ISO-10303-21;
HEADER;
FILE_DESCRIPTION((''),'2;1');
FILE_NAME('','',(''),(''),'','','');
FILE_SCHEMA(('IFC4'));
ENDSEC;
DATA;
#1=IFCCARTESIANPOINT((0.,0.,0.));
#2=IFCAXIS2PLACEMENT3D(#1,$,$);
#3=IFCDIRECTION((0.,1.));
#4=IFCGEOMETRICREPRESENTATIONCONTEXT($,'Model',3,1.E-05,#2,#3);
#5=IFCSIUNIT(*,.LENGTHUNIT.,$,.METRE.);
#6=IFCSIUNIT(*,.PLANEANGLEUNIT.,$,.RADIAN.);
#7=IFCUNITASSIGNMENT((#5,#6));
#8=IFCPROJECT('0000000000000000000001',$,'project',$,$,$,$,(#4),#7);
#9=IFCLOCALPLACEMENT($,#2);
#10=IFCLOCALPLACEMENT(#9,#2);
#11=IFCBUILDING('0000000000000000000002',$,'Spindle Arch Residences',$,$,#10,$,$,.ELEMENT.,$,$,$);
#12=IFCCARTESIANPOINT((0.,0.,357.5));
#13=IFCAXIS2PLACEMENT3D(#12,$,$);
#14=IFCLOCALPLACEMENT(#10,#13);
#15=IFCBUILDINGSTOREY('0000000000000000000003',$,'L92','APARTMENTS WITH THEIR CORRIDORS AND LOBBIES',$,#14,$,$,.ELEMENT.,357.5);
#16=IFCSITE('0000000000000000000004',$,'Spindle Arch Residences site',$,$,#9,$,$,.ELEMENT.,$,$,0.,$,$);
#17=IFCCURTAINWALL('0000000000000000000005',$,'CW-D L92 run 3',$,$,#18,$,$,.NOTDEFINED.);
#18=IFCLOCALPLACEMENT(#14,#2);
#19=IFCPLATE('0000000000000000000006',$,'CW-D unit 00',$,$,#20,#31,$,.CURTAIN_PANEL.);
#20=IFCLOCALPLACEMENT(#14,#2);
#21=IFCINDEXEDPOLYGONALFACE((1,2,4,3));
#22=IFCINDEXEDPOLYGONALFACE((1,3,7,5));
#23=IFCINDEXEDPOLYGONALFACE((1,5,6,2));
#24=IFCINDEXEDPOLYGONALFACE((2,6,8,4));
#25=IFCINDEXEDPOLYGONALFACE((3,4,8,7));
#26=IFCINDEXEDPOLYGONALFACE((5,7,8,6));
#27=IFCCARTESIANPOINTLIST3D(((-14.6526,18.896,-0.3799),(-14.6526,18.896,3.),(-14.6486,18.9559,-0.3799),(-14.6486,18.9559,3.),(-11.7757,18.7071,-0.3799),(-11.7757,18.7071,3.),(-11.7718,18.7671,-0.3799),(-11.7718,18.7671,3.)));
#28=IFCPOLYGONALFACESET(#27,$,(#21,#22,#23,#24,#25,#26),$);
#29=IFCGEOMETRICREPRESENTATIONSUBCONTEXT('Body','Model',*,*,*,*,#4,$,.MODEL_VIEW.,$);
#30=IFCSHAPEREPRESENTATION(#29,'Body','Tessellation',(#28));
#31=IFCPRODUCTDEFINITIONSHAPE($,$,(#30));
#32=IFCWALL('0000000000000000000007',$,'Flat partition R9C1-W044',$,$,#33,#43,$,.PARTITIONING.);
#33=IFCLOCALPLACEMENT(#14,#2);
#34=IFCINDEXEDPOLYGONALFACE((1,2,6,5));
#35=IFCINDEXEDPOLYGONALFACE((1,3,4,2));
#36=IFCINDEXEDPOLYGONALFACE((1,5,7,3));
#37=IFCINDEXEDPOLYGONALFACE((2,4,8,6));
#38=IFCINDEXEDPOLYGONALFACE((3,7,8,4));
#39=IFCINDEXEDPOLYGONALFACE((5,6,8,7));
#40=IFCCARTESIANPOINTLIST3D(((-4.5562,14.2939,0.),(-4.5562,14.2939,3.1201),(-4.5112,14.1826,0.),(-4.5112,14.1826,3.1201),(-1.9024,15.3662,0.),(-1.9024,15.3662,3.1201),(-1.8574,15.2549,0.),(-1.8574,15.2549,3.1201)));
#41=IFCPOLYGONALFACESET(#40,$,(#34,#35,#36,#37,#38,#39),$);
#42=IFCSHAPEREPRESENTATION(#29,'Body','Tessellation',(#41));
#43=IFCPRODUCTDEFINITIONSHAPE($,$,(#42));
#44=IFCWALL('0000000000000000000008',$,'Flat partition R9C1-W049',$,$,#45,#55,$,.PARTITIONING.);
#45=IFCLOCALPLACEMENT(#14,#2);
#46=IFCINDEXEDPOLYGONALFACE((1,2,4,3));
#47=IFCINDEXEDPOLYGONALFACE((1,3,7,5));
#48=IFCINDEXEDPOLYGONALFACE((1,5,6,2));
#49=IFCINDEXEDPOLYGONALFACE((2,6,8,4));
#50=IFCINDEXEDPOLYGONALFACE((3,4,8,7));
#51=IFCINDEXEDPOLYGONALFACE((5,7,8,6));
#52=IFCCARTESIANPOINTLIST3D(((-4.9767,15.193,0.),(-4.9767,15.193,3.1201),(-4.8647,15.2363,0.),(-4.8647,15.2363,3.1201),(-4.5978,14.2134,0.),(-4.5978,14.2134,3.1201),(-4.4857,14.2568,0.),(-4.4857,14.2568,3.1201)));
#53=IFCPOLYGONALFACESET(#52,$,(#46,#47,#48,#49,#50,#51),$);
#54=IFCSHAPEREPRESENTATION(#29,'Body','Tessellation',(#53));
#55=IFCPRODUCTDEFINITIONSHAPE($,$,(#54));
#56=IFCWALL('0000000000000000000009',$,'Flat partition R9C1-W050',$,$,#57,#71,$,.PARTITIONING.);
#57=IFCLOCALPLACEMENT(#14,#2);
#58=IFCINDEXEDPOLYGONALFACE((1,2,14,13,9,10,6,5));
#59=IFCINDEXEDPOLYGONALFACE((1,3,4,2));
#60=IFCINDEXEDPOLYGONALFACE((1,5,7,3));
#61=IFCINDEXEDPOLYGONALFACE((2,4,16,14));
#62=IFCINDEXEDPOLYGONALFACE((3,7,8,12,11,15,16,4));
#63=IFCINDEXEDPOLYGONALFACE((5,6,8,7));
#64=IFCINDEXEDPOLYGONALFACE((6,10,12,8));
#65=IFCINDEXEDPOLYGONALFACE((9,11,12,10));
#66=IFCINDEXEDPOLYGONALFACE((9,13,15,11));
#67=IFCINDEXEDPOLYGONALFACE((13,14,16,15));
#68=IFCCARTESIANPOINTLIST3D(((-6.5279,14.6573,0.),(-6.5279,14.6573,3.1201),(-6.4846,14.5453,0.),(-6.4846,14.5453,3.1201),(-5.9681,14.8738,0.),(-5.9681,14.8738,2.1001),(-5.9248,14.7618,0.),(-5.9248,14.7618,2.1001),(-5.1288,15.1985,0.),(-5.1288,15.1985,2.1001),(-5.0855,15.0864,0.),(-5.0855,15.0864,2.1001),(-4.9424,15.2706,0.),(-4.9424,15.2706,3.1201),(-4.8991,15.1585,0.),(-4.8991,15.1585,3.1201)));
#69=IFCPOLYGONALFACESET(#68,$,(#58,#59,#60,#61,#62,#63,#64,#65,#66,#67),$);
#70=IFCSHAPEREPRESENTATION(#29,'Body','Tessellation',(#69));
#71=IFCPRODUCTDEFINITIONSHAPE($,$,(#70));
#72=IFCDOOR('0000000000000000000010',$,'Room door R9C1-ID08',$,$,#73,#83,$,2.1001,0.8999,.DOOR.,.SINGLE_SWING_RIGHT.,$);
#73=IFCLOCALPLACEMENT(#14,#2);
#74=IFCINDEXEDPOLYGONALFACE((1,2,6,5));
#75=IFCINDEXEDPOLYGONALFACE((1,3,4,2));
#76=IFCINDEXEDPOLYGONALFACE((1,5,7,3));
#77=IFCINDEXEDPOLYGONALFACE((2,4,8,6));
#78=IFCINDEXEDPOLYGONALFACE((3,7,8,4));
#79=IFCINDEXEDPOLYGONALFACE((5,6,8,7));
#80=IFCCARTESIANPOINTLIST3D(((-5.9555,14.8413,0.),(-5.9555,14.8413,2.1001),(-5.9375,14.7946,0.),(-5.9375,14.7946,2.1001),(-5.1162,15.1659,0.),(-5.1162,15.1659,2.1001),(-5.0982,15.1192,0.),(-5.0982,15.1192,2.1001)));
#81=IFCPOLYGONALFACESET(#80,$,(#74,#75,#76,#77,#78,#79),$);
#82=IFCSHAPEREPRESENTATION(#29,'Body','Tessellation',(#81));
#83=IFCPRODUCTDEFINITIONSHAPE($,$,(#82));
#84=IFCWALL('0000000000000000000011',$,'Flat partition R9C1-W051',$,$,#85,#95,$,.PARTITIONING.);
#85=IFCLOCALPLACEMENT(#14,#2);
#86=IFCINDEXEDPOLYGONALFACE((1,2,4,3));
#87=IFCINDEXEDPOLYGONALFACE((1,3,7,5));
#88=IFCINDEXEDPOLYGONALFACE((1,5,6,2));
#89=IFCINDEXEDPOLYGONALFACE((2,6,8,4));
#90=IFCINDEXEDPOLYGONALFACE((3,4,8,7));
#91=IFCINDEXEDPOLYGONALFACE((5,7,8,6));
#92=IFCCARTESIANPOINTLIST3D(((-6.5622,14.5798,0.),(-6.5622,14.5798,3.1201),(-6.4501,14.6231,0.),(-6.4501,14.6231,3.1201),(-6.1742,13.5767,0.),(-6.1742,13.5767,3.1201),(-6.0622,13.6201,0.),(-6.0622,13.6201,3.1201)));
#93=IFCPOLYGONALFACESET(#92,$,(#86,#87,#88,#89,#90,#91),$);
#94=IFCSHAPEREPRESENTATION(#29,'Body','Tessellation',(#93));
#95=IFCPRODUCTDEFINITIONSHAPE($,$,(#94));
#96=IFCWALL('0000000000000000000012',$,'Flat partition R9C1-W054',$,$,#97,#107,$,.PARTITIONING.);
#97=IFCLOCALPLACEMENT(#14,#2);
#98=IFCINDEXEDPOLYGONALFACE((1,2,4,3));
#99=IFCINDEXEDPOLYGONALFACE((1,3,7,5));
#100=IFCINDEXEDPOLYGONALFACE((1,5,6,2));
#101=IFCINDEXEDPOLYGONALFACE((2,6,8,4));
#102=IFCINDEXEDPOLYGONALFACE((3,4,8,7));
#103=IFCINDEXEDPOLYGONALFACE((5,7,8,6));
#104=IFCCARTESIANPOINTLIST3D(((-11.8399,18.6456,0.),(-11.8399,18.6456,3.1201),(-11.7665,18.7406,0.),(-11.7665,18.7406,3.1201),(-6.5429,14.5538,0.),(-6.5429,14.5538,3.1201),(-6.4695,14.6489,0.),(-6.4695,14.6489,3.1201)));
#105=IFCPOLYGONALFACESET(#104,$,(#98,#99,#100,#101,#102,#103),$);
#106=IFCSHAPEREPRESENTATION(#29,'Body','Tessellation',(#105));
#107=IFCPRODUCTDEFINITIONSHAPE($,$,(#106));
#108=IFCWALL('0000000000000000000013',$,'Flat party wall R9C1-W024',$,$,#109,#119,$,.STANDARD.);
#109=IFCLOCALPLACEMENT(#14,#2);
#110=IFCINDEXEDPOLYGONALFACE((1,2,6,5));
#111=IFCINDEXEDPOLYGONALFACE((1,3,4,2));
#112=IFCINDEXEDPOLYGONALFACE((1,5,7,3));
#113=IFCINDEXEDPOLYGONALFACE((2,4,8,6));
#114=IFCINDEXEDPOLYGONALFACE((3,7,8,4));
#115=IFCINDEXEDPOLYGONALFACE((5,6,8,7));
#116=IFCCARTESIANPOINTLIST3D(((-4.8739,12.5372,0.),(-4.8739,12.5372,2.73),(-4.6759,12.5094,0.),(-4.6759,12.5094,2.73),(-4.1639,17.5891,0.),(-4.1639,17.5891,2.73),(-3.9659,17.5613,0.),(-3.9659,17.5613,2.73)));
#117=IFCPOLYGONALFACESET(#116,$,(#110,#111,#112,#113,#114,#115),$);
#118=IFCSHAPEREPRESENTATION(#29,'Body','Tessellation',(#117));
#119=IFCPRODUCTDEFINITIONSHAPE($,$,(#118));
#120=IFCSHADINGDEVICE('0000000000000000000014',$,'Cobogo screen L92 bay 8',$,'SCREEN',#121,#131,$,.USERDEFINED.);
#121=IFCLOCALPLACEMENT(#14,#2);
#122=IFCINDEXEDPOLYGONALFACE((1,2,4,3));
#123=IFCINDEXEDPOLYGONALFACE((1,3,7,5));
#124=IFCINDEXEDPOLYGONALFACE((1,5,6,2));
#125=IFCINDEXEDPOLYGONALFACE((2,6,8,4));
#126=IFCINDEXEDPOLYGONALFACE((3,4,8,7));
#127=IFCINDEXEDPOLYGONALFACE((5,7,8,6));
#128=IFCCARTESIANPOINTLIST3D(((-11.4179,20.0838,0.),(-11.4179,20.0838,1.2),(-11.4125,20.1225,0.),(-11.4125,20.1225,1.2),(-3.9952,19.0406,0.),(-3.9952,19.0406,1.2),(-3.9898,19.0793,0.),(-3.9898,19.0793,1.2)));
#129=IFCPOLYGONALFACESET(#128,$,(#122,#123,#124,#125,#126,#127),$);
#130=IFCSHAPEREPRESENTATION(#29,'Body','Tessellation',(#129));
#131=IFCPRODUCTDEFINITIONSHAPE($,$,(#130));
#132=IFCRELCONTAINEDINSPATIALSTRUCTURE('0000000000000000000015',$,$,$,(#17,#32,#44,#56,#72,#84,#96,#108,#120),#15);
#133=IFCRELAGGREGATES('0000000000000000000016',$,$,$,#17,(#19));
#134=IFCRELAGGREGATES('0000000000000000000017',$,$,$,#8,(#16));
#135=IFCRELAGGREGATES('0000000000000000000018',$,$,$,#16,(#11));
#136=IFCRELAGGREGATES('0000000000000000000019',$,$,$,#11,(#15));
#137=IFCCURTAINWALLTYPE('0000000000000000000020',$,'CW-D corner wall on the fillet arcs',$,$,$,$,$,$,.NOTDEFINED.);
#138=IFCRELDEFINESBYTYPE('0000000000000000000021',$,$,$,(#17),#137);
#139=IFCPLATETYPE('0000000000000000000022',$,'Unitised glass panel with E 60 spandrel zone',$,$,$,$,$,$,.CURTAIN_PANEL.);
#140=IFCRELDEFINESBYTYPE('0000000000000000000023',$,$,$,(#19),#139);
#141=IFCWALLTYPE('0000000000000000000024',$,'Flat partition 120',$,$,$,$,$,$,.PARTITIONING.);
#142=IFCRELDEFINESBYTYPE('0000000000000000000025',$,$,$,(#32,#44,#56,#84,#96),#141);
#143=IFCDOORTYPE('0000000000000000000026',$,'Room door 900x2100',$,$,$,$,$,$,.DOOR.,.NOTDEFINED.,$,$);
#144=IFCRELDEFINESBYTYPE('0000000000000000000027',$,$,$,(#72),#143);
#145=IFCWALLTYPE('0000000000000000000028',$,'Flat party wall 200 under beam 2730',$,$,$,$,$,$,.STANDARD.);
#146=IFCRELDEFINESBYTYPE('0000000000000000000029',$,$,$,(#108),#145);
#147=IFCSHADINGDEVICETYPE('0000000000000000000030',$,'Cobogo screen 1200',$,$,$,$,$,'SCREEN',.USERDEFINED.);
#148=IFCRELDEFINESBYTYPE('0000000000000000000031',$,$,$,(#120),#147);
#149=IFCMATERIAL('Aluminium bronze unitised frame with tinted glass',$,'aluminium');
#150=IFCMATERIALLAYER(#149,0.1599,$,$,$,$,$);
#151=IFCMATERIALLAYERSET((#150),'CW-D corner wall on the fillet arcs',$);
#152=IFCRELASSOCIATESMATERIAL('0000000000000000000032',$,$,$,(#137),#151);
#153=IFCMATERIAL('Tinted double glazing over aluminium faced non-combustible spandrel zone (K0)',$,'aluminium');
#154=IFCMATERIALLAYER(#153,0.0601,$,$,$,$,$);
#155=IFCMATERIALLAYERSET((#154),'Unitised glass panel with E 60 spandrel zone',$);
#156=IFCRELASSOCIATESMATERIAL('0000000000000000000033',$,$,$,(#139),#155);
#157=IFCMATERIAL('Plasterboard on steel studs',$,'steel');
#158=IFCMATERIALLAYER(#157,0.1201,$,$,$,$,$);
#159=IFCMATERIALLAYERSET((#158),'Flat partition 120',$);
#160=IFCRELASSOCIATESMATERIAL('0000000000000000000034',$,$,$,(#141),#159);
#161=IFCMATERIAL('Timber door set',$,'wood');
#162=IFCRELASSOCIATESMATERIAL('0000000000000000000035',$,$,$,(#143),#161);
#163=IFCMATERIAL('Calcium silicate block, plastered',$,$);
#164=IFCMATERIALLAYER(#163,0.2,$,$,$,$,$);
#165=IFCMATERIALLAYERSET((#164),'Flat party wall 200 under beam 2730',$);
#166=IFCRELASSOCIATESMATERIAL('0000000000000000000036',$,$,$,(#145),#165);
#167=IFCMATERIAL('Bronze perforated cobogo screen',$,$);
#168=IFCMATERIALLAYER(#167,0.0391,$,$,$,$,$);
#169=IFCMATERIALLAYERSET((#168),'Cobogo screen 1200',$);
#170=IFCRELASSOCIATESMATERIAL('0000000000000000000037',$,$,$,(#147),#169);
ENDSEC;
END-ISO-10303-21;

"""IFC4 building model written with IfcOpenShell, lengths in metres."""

from ifc_helpers import new_model, si_unit, direction, frame, frame_2d, origin, origin_2d, place, context, subcontext, project, spatial, rectangle, extrude, material, layer, layer_set, type_object, element, fill, aggregate, save


model = new_model("IFC4")

# Units and contexts
model_context = context("Model", 3, precision=1e-05, world=origin(), true_north=direction((0.0, 1.0)))
body_context = subcontext(model_context, "Body", "Model", "MODEL_VIEW")
ifc_project = project(units=[si_unit("LENGTHUNIT", "METRE"), si_unit("PLANEANGLEUNIT", "RADIAN")], contexts=[model_context])

# Site, building, storey
site_placement = place(None, origin())
site = spatial("IfcSite", under=ifc_project, at=site_placement, Name="Spindle Arch Residences site", CompositionType="ELEMENT", RefElevation=0.0)
building_placement = place(site_placement, origin())
building = spatial("IfcBuilding", under=site, at=building_placement, Name="Spindle Arch Residences", CompositionType="ELEMENT")
storey_placement = place(building_placement, frame((0.0, 0.0, 357.5)))
storey = spatial("IfcBuildingStorey", under=building, at=storey_placement, Name="L92", Description="APARTMENTS WITH THEIR CORRIDORS AND LOBBIES", CompositionType="ELEMENT", Elevation=357.5)

# Curtain wall
ifc_material_1 = material(Name="Aluminium bronze unitised frame with tinted glass", Category="aluminium")
ifc_layer_1 = layer(ifc_material_1, 0.1599)
ifc_layer_set_1 = layer_set([ifc_layer_1], Name="CW-D corner wall on the fillet arcs")
curtain_wall_type_1 = type_object("IfcCurtainWallType", Name="CW-D corner wall on the fillet arcs", PredefinedType="NOTDEFINED", material=ifc_layer_set_1)
curtain_wall_1_placement = place(storey_placement, origin())
curtain_wall_1 = element("IfcCurtainWall", 1, at=curtain_wall_1_placement, inside=storey, type_object=curtain_wall_type_1, Name="CW-D L92 run 3", PredefinedType="NOTDEFINED")

# Plate
ifc_material_2 = material(Name="Tinted double glazing over aluminium faced non-combustible spandrel zone (K0)", Category="aluminium")
ifc_layer_2 = layer(ifc_material_2, 0.0601)
ifc_layer_set_2 = layer_set([ifc_layer_2], Name="Unitised glass panel with E 60 spandrel zone")
plate_type = type_object("IfcPlateType", Name="Unitised glass panel with E 60 spandrel zone", PredefinedType="CURTAIN_PANEL", material=ifc_layer_set_2)
plate_1_placement = place(storey_placement, frame((-13.2122, 18.8315, -0.3799), z_axis=(0.0, 0.0, 1.0), x_axis=(-0.997852, 0.06551, 0.0)))
plate_1 = element("IfcPlate", 2, at=plate_1_placement, type_object=plate_type, Name="CW-D unit 00", PredefinedType="CURTAIN_PANEL", context=body_context, shape_type="SweptSolid", body=[
    extrude(rectangle(XDim=2.8831, YDim=0.0601, at=origin_2d()), origin(), (0.0, 0.0, 1.0), 3.3799),
])
aggregate(curtain_wall_1, [plate_1])

# Walls
ifc_material_3 = material(Name="Plasterboard on steel studs", Category="steel")
ifc_layer_3 = layer(ifc_material_3, 0.1201)
ifc_layer_set_3 = layer_set([ifc_layer_3], Name="Flat partition 120")
wall_type_1 = type_object("IfcWallType", Name="Flat partition 120", PredefinedType="PARTITIONING", material=ifc_layer_set_3)
wall_1_placement = place(storey_placement, frame((-1.8799, 15.3105, 0.0), z_axis=(0.0, 0.0, 1.0), x_axis=(-0.927177, -0.374624, 0.0)))
element("IfcWall", 3, at=wall_1_placement, inside=storey, type_object=wall_type_1, Name="Flat partition R9C1-W044", PredefinedType="PARTITIONING", context=body_context, shape_type="SweptSolid", body=[
    extrude(rectangle(XDim=2.8623, YDim=0.1201, at=frame_2d((1.4312, 0.0))), origin(), (0.0, 0.0, 1.0), 3.1201),
])
wall_2_placement = place(storey_placement, frame((-4.5417, 14.2351, 0.0), z_axis=(0.0, 0.0, 1.0), x_axis=(-0.360785, 0.932649, 0.0)))
element("IfcWall", 4, at=wall_2_placement, inside=storey, type_object=wall_type_1, Name="Flat partition R9C1-W049", PredefinedType="PARTITIONING", context=body_context, shape_type="SweptSolid", body=[
    extrude(rectangle(XDim=1.0503, YDim=0.1201, at=frame_2d((0.5251, 0.0))), origin(), (0.0, 0.0, 1.0), 3.1201),
])

# Wall, opening, door
wall_3_placement = place(storey_placement, frame((-4.9207, 15.2146, 0.0), z_axis=(0.0, 0.0, 1.0), x_axis=(-0.932655, -0.360768, 0.0)))
wall_3 = element("IfcWall", 5, at=wall_3_placement, inside=storey, type_object=wall_type_1, Name="Flat partition R9C1-W050", PredefinedType="PARTITIONING", context=body_context, shape_type="SweptSolid", body=[
    extrude(rectangle(XDim=1.7, YDim=0.1201, at=frame_2d((0.8501, 0.0))), origin(), (0.0, 0.0, 1.0), 3.1201),
])
opening_1_placement = place(wall_3_placement, frame((0.2, 0.0, 0.0)))
opening_1 = element("IfcOpeningElement", 6, at=opening_1_placement, cuts=wall_3, PredefinedType="OPENING", context=body_context, shape_type="SweptSolid", body=[
    extrude(rectangle(XDim=0.8999, YDim=2.1001, at=frame_2d((0.45, 1.05))), frame((0.0, 0.0701, 0.0), z_axis=(0.0, -1.0, 0.0), x_axis=(1.0, 0.0, 0.0)), (0.0, 0.0, 1.0), 0.1401),
])
ifc_material_4 = material(Name="Timber door set", Category="wood")
door_type_1 = type_object("IfcDoorType", Name="Room door 900x2100", OperationType="NOTDEFINED", PredefinedType="DOOR", material=ifc_material_4)
door_1_placement = place(opening_1_placement, origin())
door_1 = element("IfcDoor", 7, at=door_1_placement, inside=storey, type_object=door_type_1, Name="Room door R9C1-ID08", OperationType="SINGLE_SWING_RIGHT", OverallHeight=2.1001, OverallWidth=0.8999, PredefinedType="DOOR", context=body_context, shape_type="SweptSolid", body=[
    extrude(rectangle(XDim=0.8999, YDim=2.1001, at=frame_2d((0.45, 1.05))), frame((0.0, 0.0249, 0.0), z_axis=(0.0, -1.0, 0.0), x_axis=(1.0, 0.0, 0.0)), (0.0, 0.0, 1.0), 0.05),
])
fill(opening_1, door_1)

# Walls
wall_4_placement = place(storey_placement, frame((-6.5061, 14.6013, 0.0), z_axis=(0.0, 0.0, 1.0), x_axis=(0.360758, -0.932659, 0.0)))
element("IfcWall", 8, at=wall_4_placement, inside=storey, type_object=wall_type_1, Name="Flat partition R9C1-W051", PredefinedType="PARTITIONING", context=body_context, shape_type="SweptSolid", body=[
    extrude(rectangle(XDim=1.0754, YDim=0.1201, at=frame_2d((0.5376, 0.0))), origin(), (0.0, 0.0, 1.0), 3.1201),
])
wall_5_placement = place(storey_placement, frame((-11.8032, 18.6931, 0.0), z_axis=(0.0, 0.0, 1.0), x_axis=(0.791388, -0.611314, 0.0)))
element("IfcWall", 9, at=wall_5_placement, inside=storey, type_object=wall_type_1, Name="Flat partition R9C1-W054", PredefinedType="PARTITIONING", context=body_context, shape_type="SweptSolid", body=[
    extrude(rectangle(XDim=6.6934, YDim=0.1201, at=frame_2d((3.3467, 0.0))), origin(), (0.0, 0.0, 1.0), 3.1201),
])
ifc_material_5 = material(Name="Calcium silicate block, plastered")
ifc_layer_4 = layer(ifc_material_5, 0.2)
ifc_layer_set_4 = layer_set([ifc_layer_4], Name="Flat party wall 200 under beam 2730")
wall_type_2 = type_object("IfcWallType", Name="Flat party wall 200 under beam 2730", PredefinedType="STANDARD", material=ifc_layer_set_4)
wall_6_placement = place(storey_placement, frame((-4.0649, 17.5752, 0.0), z_axis=(0.0, 0.0, 1.0), x_axis=(-0.139163, -0.990269, 0.0)))
element("IfcWall", 10, at=wall_6_placement, inside=storey, type_object=wall_type_2, Name="Flat party wall R9C1-W024", PredefinedType="STANDARD", context=body_context, shape_type="SweptSolid", body=[
    extrude(rectangle(XDim=5.1016, YDim=0.2, at=frame_2d((2.5508, 0.0))), origin(), (0.0, 0.0, 1.0), 2.73),
])

# Shading device
ifc_material_6 = material(Name="Bronze perforated cobogo screen")
ifc_layer_5 = layer(ifc_material_6, 0.0391)
ifc_layer_set_5 = layer_set([ifc_layer_5], Name="Cobogo screen 1200")
shading_device_type = type_object("IfcShadingDeviceType", Name="Cobogo screen 1200", ElementType="SCREEN", PredefinedType="USERDEFINED", material=ifc_layer_set_5)
shading_device_placement = place(storey_placement, frame((-7.7039, 19.5815, 0.0), z_axis=(0.0, 0.0, 1.0), x_axis=(-0.990268, 0.139173, 0.0)))
element("IfcShadingDevice", 11, at=shading_device_placement, inside=storey, type_object=shading_device_type, Name="Cobogo screen L92 bay 8", ObjectType="SCREEN", PredefinedType="USERDEFINED", context=body_context, shape_type="SweptSolid", body=[
    extrude(rectangle(XDim=7.4956, YDim=0.0391, at=origin_2d()), origin(), (0.0, 0.0, 1.0), 1.2),
])

save(model, "model.ifc")
